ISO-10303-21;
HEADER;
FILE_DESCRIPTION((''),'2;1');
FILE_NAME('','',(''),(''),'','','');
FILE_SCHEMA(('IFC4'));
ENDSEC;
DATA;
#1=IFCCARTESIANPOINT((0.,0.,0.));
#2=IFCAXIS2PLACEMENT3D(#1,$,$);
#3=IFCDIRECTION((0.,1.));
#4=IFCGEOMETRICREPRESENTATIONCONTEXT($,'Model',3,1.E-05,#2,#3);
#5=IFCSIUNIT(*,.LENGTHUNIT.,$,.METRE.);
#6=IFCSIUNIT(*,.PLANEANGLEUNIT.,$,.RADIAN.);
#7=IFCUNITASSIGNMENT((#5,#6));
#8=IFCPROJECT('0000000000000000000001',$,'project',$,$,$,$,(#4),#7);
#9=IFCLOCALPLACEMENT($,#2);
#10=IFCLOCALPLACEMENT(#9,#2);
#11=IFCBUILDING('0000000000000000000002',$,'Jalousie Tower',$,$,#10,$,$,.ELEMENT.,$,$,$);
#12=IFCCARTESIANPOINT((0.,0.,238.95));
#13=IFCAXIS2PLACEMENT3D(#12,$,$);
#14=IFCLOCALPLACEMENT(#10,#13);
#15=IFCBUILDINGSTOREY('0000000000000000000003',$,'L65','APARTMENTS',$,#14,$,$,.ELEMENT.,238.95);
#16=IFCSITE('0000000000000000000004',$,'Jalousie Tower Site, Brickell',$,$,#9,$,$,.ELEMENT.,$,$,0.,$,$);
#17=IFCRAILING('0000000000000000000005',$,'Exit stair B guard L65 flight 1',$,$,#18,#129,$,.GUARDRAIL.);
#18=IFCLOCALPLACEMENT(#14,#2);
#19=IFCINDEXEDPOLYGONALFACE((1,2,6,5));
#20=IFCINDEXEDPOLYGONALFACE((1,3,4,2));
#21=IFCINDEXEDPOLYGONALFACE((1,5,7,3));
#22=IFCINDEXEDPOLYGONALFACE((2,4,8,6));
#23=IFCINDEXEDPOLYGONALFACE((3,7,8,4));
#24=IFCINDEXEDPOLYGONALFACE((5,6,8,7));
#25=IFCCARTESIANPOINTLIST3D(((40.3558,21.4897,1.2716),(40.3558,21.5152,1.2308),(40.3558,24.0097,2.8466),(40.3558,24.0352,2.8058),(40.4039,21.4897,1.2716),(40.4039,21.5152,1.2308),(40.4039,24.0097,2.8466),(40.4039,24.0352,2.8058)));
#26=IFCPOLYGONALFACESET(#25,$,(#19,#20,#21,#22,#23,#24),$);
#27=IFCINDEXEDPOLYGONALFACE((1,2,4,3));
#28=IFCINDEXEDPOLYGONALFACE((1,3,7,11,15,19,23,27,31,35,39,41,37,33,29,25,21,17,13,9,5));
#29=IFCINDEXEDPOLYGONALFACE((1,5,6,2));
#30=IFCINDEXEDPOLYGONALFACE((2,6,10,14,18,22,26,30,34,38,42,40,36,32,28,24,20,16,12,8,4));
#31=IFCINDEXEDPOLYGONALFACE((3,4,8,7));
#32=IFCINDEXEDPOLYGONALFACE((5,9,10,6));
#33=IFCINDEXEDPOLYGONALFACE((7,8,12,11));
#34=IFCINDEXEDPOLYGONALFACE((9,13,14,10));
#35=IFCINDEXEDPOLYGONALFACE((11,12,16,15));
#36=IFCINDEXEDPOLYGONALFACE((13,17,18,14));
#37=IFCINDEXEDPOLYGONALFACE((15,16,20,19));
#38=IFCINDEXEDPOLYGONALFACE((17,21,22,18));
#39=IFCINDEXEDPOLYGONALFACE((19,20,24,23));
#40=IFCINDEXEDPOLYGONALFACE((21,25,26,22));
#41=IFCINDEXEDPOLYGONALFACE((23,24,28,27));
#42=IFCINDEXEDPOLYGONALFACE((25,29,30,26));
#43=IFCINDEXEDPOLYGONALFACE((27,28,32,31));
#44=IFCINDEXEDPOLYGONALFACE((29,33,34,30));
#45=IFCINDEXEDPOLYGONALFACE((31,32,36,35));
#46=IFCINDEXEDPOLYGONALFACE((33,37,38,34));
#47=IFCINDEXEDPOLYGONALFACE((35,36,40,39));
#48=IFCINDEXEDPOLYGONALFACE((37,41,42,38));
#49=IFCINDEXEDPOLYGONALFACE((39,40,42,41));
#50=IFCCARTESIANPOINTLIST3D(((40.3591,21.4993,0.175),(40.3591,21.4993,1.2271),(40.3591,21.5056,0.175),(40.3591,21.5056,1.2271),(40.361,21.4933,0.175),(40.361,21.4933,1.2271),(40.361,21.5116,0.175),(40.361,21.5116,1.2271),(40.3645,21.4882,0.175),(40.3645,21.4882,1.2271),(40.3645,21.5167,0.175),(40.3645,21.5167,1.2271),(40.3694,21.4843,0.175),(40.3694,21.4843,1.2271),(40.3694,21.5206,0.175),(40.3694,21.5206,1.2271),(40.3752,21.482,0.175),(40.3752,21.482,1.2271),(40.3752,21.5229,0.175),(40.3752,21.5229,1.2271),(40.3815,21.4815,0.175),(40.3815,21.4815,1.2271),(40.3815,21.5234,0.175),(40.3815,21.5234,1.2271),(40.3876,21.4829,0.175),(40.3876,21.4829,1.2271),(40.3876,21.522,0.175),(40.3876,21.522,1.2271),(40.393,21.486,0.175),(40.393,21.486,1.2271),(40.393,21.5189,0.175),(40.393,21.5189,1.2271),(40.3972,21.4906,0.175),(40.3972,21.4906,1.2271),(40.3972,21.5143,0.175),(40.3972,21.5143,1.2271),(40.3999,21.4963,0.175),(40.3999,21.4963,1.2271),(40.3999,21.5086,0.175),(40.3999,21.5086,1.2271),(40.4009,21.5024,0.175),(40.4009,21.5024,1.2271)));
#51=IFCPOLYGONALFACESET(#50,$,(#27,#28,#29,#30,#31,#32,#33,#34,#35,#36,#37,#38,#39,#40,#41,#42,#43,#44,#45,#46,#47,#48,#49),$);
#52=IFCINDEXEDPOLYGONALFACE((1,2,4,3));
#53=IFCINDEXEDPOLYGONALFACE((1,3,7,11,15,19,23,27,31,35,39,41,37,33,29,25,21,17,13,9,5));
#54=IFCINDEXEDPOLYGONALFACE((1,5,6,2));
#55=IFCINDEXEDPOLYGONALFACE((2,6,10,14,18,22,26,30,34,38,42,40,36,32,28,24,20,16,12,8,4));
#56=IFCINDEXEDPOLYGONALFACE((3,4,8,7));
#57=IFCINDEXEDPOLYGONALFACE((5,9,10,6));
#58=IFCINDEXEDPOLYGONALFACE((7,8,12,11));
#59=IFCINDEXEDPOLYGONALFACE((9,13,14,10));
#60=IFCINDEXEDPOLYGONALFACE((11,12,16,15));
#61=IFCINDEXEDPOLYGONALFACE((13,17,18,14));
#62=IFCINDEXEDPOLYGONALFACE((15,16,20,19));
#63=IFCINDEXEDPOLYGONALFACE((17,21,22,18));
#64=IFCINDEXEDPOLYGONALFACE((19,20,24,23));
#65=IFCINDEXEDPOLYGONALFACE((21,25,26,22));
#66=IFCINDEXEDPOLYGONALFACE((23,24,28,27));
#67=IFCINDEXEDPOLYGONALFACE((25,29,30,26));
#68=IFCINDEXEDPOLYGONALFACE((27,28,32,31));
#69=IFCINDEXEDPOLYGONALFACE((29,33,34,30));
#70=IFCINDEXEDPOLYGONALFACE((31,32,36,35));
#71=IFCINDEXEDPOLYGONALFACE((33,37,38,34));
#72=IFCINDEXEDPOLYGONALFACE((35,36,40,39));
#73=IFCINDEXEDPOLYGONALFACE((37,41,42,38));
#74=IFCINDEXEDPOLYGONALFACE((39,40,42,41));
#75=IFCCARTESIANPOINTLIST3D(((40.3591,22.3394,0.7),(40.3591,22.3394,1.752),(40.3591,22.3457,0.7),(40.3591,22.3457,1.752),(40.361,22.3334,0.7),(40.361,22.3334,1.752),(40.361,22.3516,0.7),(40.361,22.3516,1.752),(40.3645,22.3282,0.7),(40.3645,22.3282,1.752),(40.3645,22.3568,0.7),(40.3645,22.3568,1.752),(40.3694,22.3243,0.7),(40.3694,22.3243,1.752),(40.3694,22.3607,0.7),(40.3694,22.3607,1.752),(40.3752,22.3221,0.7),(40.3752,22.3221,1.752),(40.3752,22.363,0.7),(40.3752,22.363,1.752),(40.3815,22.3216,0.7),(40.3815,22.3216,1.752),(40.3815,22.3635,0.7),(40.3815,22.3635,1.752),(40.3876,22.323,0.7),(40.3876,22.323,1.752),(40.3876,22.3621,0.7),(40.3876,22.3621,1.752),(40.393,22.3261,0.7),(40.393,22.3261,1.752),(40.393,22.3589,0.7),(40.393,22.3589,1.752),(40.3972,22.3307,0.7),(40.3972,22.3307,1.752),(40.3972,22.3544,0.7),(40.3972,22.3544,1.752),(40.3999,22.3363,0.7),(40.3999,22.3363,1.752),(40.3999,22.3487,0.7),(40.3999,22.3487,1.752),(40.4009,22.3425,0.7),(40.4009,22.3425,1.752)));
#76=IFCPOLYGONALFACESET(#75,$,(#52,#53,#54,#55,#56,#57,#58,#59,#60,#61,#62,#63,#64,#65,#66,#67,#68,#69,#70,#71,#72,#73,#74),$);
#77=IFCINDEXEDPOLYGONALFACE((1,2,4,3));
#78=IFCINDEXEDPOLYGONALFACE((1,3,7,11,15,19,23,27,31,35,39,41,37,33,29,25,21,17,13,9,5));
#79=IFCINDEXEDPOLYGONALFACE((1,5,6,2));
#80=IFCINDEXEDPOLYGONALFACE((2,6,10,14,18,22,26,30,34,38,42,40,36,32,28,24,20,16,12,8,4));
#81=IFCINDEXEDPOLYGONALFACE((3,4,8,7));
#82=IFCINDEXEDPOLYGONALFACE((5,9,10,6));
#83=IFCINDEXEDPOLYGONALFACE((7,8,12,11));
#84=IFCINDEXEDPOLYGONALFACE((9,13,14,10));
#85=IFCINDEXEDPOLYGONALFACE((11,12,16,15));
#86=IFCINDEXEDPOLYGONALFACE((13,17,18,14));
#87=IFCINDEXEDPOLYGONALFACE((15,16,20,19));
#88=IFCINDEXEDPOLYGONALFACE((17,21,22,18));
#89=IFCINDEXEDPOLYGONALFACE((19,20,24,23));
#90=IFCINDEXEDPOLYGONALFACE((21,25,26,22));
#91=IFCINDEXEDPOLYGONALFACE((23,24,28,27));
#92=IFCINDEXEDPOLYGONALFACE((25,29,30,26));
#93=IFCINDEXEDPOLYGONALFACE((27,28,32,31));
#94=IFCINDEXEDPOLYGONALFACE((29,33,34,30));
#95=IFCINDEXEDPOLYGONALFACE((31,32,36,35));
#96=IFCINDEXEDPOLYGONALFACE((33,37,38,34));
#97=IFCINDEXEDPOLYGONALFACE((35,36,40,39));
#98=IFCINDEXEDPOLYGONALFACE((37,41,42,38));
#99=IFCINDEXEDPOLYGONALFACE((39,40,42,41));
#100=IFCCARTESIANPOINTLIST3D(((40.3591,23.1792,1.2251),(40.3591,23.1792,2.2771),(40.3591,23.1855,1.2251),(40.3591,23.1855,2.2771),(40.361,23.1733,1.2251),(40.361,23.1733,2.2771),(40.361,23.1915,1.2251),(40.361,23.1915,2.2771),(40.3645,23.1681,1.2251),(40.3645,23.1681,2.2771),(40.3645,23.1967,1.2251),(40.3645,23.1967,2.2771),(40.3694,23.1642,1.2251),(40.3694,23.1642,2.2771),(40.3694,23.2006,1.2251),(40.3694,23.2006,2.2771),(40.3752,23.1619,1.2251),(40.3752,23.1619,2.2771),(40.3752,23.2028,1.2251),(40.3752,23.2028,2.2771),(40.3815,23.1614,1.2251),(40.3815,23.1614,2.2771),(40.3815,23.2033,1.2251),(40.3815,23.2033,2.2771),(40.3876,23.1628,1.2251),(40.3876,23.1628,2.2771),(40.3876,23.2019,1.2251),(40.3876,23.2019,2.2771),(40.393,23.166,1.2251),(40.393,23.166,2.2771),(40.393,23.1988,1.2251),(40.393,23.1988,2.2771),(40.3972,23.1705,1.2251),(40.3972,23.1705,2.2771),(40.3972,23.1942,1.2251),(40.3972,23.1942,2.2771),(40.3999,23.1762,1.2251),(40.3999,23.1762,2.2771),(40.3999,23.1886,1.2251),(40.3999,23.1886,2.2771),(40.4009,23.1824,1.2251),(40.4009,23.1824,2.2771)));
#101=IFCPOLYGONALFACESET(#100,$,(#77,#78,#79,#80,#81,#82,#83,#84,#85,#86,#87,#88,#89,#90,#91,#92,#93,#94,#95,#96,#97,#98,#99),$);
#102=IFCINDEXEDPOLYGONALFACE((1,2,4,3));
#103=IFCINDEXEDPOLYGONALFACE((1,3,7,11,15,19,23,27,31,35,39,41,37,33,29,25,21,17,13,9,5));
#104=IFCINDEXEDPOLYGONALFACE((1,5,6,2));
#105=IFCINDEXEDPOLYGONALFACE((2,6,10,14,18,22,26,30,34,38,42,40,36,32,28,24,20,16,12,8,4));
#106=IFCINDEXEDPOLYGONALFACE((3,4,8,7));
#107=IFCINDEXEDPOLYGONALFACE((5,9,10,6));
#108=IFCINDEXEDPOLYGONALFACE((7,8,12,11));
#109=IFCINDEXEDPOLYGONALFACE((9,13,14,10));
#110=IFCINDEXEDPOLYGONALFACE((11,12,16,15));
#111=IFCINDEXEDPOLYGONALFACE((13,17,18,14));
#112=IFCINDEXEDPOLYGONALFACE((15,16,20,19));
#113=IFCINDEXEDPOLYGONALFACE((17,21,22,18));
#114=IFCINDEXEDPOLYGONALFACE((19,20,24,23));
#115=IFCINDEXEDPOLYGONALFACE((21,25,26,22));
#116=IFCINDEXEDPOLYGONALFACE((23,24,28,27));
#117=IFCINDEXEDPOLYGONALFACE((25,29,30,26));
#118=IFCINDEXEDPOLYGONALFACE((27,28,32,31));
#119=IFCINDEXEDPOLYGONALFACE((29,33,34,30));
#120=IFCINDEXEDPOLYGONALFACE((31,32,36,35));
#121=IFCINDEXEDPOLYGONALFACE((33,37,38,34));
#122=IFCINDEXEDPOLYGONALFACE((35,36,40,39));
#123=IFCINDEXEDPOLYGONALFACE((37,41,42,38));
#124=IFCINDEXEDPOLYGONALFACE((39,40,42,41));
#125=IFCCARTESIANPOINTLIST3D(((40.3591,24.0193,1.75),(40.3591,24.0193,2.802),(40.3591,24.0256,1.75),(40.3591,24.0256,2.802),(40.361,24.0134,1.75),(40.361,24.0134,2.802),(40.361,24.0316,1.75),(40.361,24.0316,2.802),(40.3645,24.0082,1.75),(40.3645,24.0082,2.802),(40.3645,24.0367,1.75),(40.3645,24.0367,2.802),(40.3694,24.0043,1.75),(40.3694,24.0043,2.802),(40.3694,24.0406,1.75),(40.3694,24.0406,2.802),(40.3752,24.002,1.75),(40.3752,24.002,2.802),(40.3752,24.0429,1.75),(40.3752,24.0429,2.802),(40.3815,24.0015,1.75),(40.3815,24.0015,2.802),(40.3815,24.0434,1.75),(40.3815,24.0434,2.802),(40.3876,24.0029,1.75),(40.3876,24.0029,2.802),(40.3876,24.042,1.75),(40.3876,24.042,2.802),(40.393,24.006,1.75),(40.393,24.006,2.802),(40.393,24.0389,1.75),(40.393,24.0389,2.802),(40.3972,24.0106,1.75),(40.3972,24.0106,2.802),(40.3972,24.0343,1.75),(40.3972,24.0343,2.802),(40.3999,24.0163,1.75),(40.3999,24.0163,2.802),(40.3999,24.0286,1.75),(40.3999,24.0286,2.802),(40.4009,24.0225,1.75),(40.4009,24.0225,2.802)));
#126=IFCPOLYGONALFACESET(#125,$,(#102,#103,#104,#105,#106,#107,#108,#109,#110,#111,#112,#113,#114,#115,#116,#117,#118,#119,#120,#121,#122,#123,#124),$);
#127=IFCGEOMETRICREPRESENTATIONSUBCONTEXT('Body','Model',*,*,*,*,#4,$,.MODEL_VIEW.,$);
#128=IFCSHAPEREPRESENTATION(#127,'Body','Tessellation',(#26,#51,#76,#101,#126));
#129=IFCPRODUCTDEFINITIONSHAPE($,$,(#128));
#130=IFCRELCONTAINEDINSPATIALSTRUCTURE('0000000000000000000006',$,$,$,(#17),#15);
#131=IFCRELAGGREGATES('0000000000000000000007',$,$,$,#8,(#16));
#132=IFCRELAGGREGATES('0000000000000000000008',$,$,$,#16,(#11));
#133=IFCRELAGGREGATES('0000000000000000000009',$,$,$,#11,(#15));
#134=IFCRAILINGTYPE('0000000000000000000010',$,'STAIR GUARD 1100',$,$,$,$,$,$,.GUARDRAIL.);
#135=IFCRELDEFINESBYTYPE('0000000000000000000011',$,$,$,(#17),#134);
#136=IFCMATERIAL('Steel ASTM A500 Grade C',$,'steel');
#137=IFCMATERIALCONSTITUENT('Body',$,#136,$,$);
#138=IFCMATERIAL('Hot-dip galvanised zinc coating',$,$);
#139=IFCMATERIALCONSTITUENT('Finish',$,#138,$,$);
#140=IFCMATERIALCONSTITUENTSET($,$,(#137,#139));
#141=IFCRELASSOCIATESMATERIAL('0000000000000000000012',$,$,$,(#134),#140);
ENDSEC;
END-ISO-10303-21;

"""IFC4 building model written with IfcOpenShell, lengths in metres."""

from ifc_helpers import new_model, si_unit, direction, frame, origin, origin_2d, place, context, subcontext, project, spatial, rectangle, circle, extrude, material, constituent, constituent_set, type_object, element, save


model = new_model("IFC4")

# Units and contexts
model_context = context("Model", 3, precision=1e-05, world=origin(), true_north=direction((0.0, 1.0)))
body_context = subcontext(model_context, "Body", "Model", "MODEL_VIEW")
ifc_project = project(units=[si_unit("LENGTHUNIT", "METRE"), si_unit("PLANEANGLEUNIT", "RADIAN")], contexts=[model_context])

# Site, building, storey
site_placement = place(None, origin())
site = spatial("IfcSite", under=ifc_project, at=site_placement, Name="Jalousie Tower Site, Brickell", CompositionType="ELEMENT", RefElevation=0.0)
building_placement = place(site_placement, origin())
building = spatial("IfcBuilding", under=site, at=building_placement, Name="Jalousie Tower", CompositionType="ELEMENT")
storey_placement = place(building_placement, frame((0.0, 0.0, 238.95)))
storey = spatial("IfcBuildingStorey", under=building, at=storey_placement, Name="L65", Description="APARTMENTS", CompositionType="ELEMENT", Elevation=238.95)

# Railing
ifc_material_1 = material(Name="Steel ASTM A500 Grade C", Category="steel")
ifc_constituent_1 = constituent(ifc_material_1, Name="Body")
ifc_material_2 = material(Name="Hot-dip galvanised zinc coating")
ifc_constituent_2 = constituent(ifc_material_2, Name="Finish")
ifc_constituent_set_1 = constituent_set(constituents=[ifc_constituent_1, ifc_constituent_2])
railing_type_1 = type_object("IfcRailingType", Name="STAIR GUARD 1100", PredefinedType="GUARDRAIL", material=ifc_constituent_set_1)
railing_1_placement = place(storey_placement, frame((40.3799, 21.5024, 0.175)))
element("IfcRailing", 1, at=railing_1_placement, inside=storey, type_object=railing_type_1, Name="Exit stair B guard L65 flight 1", PredefinedType="GUARDRAIL", context=body_context, shape_type="SweptSolid", body=[
    extrude(rectangle(XDim=0.0481, YDim=0.0481, at=origin_2d()), frame((0.0, 0.0, 1.0762), z_axis=(0.0, 0.848008, 0.529984), x_axis=(-1.0, 0.0, 0.0)), (0.0, 0.0, 1.0), 2.9717),
    extrude(circle(Radius=0.021, at=origin_2d()), origin(), (0.0, 0.0, 1.0), 1.052),
    extrude(circle(Radius=0.021, at=origin_2d()), frame((0.0, 0.8401, 0.5249)), (0.0, 0.0, 1.0), 1.052),
    extrude(circle(Radius=0.021, at=origin_2d()), frame((0.0, 1.6799, 1.05)), (0.0, 0.0, 1.0), 1.052),
    extrude(circle(Radius=0.021, at=origin_2d()), frame((0.0, 2.52, 1.575)), (0.0, 0.0, 1.0), 1.052),
])

save(model, "model.ifc")
